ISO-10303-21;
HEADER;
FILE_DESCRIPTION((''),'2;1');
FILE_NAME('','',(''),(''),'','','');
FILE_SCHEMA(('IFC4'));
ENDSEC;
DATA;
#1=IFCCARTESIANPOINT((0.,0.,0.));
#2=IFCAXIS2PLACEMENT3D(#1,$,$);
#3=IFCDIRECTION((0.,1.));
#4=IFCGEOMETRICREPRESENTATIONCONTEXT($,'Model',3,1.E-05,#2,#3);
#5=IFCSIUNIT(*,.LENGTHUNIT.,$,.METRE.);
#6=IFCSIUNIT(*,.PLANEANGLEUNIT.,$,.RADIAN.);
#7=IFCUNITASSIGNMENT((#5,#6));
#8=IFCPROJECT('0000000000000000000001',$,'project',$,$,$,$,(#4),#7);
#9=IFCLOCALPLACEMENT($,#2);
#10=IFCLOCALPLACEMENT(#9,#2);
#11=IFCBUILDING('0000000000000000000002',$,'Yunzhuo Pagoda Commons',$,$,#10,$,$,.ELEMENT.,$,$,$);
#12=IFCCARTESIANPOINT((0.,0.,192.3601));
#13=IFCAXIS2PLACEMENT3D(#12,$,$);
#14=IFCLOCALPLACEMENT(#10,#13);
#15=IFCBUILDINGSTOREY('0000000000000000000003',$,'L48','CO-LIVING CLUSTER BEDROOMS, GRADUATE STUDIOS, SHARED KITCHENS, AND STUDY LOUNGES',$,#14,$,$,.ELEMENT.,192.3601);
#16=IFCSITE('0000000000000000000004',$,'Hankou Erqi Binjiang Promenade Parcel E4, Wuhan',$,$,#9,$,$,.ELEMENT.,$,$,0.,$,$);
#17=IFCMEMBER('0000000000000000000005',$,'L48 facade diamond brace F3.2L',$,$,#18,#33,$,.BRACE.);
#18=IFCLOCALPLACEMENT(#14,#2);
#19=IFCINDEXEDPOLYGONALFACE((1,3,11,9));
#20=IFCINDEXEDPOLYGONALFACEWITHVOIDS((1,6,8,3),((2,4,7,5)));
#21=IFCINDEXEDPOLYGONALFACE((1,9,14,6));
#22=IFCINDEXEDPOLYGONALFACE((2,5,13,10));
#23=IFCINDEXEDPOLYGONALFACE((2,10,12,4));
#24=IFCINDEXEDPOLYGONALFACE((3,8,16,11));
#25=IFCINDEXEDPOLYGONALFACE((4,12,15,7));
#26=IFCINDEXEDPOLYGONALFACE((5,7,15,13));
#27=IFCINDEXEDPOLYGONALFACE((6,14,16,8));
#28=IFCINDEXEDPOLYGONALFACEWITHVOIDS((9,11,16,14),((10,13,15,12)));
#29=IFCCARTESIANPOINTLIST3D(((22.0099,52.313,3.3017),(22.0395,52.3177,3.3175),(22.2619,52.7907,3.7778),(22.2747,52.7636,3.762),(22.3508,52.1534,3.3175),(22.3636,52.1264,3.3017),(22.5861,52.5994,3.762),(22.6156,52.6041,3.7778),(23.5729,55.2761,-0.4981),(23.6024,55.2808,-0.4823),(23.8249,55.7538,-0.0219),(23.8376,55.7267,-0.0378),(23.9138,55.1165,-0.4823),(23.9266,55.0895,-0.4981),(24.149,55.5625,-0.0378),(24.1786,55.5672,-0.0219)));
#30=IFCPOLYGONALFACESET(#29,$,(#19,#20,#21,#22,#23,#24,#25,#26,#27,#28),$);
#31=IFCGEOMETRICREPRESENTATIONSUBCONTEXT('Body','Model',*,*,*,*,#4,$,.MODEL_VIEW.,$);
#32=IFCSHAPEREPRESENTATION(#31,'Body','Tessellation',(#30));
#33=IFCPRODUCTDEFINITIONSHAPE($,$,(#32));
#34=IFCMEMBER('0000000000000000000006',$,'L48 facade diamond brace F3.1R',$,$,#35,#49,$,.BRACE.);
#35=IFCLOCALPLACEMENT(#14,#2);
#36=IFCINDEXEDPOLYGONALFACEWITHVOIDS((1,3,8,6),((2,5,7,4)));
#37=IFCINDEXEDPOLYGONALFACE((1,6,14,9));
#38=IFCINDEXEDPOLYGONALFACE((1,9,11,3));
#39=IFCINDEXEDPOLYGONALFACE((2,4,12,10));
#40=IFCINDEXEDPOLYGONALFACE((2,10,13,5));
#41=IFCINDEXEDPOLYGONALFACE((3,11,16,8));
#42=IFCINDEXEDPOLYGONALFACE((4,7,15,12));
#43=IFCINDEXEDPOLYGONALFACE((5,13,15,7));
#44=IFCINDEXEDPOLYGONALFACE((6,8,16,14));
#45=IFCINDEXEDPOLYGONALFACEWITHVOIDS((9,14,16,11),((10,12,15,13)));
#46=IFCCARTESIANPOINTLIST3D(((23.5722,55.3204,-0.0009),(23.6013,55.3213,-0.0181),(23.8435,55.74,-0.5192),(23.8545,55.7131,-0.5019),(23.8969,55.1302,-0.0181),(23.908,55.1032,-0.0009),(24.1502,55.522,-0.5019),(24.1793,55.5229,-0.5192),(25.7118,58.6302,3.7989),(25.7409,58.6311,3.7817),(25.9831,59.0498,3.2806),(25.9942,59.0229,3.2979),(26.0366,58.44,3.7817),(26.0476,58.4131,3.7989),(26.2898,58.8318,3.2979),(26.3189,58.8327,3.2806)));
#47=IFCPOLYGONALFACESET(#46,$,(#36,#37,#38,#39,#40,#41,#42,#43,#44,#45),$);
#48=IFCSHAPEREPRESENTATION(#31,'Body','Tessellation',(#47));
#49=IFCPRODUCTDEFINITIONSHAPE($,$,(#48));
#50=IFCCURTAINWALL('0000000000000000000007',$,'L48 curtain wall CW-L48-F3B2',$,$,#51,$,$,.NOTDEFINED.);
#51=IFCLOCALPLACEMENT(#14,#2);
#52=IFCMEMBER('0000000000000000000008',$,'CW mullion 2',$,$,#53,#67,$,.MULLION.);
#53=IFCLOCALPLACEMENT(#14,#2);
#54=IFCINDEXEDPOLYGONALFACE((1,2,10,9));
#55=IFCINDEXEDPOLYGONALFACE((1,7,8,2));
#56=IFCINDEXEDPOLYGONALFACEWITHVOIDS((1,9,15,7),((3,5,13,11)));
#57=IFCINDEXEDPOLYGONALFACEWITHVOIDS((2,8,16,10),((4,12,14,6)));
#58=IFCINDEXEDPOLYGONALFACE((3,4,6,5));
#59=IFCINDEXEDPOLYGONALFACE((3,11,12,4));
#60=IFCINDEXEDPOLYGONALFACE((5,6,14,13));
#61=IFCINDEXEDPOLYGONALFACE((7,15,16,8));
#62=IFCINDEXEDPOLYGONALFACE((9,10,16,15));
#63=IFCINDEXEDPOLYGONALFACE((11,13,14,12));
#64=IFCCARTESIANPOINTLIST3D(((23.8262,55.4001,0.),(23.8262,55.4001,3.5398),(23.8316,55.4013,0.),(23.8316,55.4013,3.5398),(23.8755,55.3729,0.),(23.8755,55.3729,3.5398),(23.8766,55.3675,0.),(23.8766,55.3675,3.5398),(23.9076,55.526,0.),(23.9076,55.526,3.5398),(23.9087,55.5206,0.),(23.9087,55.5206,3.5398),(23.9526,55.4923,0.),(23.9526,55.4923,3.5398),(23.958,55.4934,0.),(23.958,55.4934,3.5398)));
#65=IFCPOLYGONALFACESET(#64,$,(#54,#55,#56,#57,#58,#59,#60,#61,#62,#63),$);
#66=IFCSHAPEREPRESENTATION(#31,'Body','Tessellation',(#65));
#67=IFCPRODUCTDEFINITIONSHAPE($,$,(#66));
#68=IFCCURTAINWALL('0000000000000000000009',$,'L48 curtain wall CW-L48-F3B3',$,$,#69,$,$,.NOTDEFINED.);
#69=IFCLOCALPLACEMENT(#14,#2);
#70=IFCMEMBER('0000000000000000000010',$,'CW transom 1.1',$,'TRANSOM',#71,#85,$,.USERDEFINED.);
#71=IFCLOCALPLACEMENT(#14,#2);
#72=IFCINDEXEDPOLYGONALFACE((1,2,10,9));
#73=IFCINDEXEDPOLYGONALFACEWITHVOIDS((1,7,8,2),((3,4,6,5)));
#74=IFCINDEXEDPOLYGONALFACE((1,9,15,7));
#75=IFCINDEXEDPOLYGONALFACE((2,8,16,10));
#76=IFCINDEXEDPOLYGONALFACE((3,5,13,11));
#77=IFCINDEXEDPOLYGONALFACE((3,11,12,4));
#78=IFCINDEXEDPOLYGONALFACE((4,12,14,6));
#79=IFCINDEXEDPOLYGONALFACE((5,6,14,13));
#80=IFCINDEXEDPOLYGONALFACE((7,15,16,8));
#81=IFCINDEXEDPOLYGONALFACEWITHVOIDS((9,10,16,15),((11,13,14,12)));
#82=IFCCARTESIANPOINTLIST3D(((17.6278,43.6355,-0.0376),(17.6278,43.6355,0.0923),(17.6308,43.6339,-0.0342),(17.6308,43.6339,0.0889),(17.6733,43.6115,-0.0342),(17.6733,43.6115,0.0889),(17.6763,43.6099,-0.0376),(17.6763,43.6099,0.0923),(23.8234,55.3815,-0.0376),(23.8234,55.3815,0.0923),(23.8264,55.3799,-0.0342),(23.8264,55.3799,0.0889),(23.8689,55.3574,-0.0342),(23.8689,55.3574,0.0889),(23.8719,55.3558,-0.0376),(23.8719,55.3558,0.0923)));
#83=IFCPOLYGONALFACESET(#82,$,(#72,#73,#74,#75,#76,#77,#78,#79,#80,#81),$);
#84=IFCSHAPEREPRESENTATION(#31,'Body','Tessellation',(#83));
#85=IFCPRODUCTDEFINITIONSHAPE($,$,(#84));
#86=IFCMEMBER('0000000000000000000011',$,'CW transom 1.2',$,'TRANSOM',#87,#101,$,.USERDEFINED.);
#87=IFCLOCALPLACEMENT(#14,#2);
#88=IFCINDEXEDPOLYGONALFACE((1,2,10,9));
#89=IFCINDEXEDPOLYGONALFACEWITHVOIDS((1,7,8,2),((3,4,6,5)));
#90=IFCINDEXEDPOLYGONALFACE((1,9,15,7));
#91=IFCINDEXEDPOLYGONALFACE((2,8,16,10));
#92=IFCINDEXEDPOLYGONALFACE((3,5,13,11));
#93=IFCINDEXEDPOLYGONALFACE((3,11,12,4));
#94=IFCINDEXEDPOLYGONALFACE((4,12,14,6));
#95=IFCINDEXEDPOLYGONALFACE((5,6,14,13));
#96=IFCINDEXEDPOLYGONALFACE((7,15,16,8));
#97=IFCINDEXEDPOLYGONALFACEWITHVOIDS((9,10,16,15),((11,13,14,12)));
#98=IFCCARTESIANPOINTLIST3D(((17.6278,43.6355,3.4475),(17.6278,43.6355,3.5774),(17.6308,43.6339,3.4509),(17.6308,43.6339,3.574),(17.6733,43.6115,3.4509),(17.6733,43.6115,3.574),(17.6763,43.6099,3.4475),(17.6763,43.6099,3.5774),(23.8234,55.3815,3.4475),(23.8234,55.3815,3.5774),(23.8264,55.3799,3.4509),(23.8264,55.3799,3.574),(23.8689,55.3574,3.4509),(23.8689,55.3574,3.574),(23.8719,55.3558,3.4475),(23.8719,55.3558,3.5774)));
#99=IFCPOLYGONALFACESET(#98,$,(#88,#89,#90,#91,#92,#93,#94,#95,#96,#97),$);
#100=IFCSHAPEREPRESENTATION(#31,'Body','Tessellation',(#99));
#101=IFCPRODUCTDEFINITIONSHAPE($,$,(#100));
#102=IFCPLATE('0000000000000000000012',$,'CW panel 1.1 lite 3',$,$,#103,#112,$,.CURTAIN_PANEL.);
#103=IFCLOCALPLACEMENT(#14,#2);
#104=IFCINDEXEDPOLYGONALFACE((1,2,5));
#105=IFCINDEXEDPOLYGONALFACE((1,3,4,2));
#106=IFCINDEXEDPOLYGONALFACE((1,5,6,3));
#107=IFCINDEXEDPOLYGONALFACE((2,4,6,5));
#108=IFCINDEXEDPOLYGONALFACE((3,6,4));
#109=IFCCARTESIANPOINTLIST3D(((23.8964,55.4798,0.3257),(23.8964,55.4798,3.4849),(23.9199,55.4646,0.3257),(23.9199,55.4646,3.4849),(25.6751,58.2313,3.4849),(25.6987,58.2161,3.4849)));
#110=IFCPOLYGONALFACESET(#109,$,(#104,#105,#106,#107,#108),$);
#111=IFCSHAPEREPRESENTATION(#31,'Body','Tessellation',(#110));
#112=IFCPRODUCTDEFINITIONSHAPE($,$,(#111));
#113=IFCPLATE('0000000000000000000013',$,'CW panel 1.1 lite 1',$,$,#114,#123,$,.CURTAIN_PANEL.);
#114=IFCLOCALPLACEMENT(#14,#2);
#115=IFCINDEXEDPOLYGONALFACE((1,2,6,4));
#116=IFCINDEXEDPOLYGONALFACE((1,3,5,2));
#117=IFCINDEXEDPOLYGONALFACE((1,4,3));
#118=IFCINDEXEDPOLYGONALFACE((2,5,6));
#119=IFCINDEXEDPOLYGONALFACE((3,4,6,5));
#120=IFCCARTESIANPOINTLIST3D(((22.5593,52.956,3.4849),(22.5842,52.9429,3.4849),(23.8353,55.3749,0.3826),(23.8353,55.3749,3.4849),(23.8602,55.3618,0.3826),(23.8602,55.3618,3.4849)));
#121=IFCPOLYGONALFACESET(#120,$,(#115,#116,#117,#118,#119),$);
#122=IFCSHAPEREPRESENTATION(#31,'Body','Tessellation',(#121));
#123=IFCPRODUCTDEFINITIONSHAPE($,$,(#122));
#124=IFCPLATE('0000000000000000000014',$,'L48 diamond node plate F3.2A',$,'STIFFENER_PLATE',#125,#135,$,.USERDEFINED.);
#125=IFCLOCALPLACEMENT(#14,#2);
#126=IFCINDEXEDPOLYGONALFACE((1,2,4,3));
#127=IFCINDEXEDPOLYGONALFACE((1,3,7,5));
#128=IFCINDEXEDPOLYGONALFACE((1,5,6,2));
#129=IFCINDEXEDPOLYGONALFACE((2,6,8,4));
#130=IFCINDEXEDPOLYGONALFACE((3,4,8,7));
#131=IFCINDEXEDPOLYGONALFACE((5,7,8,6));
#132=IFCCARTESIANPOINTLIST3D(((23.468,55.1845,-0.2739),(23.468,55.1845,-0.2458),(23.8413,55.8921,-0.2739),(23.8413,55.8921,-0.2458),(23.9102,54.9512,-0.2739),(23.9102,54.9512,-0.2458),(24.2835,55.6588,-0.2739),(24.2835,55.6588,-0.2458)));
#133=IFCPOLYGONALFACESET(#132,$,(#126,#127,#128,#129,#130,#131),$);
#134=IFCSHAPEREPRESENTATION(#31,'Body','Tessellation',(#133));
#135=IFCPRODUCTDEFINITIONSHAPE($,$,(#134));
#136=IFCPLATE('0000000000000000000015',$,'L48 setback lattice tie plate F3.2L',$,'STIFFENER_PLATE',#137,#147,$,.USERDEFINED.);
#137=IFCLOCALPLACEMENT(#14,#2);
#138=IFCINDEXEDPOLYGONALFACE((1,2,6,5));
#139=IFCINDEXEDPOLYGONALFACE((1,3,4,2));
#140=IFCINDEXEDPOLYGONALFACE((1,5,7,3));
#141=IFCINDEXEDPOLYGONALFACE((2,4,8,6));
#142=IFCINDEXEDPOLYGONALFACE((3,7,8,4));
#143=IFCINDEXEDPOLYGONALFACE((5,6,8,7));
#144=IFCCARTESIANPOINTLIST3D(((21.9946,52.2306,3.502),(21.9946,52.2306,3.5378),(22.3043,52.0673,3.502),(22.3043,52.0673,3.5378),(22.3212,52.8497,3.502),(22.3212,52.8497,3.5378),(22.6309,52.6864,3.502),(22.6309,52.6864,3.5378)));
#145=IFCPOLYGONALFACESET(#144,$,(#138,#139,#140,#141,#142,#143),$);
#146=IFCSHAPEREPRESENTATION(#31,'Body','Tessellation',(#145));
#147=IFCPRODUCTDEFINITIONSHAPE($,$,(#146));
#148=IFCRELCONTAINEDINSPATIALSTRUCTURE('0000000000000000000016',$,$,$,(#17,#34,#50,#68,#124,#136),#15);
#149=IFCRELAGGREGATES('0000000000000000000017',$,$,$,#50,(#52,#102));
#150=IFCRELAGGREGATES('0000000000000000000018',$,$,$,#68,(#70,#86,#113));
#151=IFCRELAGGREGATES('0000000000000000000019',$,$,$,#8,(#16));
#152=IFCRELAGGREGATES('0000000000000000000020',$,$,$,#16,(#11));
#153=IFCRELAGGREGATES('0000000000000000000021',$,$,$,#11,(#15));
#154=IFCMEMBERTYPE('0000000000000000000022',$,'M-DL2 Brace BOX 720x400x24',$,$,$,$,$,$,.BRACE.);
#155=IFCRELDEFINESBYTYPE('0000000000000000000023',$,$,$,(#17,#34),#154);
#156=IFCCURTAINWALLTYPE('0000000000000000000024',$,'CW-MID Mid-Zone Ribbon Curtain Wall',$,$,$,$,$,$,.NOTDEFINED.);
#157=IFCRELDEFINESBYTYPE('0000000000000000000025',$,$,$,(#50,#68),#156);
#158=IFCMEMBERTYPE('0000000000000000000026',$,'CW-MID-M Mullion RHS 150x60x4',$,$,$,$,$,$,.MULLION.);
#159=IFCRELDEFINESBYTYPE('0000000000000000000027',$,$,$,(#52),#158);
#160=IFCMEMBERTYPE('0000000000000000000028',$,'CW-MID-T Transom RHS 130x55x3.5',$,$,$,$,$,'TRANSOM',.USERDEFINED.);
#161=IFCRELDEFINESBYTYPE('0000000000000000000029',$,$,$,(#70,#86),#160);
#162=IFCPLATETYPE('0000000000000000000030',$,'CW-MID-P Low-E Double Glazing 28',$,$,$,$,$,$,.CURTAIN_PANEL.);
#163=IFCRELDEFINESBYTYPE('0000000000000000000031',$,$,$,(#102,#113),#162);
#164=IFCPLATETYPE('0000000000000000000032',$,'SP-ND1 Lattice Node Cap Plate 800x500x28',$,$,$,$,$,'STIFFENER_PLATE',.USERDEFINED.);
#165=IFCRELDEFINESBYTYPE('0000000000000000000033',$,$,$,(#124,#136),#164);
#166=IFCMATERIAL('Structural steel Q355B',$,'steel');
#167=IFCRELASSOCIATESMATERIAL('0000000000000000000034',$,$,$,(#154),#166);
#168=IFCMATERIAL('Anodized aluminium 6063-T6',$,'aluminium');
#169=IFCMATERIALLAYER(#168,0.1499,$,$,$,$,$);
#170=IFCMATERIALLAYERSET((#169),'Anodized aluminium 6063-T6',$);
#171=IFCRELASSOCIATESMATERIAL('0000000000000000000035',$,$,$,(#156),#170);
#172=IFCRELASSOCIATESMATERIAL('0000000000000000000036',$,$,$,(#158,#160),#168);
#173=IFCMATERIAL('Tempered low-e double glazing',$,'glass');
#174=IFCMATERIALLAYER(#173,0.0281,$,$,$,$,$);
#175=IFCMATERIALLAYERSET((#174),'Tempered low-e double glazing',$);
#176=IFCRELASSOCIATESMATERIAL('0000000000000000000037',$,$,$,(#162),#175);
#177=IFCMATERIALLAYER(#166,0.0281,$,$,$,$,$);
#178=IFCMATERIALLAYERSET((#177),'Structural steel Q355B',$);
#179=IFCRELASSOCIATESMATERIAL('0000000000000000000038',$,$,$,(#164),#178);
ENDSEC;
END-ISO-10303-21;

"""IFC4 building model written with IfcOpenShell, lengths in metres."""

from ifc_helpers import new_model, si_unit, direction, frame, origin, origin_2d, place, context, subcontext, project, spatial, polyline, rectangle, hollow_rectangle, outline, extrude, source, transform, mapped, material, layer, layer_set, material_profile, profile_set, type_object, element, aggregate, save


model = new_model("IFC4")

# Units and contexts
model_context = context("Model", 3, precision=1e-05, world=origin(), true_north=direction((0.0, 1.0)))
body_context = subcontext(model_context, "Body", "Model", "MODEL_VIEW")
ifc_project = project(units=[si_unit("LENGTHUNIT", "METRE"), si_unit("PLANEANGLEUNIT", "RADIAN")], contexts=[model_context])

# Site, building, storey
site_placement = place(None, origin())
site = spatial("IfcSite", under=ifc_project, at=site_placement, Name="Hankou Erqi Binjiang Promenade Parcel E4, Wuhan", CompositionType="ELEMENT", RefElevation=0.0)
building_placement = place(site_placement, origin())
building = spatial("IfcBuilding", under=site, at=building_placement, Name="Yunzhuo Pagoda Commons", CompositionType="ELEMENT")
storey_placement = place(building_placement, frame((0.0, 0.0, 192.3601)))
storey = spatial("IfcBuildingStorey", under=building, at=storey_placement, Name="L48", Description="CO-LIVING CLUSTER BEDROOMS, GRADUATE STUDIOS, SHARED KITCHENS, AND STUDY LOUNGES", CompositionType="ELEMENT", Elevation=192.3601)

# Shared definitions
ifc_material_1 = material(Name="Structural steel Q355B", Category="steel")

# Members
ifc_material_profile_1 = material_profile(ifc_material_1, hollow_rectangle(XDim=0.3999, YDim=0.72, WallThickness=0.0239, at=origin_2d()), Name="Structural steel Q355B")
ifc_profile_set_1 = profile_set([ifc_material_profile_1], Name="Structural steel Q355B")
member_type_1 = type_object("IfcMemberType", Name="M-DL2 Brace BOX 720x400x24", PredefinedType="BRACE", material=ifc_profile_set_1)
shared_shape_1 = source(origin(), body_context, "Body", "SweptSolid", [
    extrude(hollow_rectangle(XDim=0.3999, YDim=0.72, WallThickness=0.0239, at=origin_2d()), origin(), (0.0, 0.0, 1.0), 5.0657),
])
member_1_placement = place(storey_placement, frame((23.8757, 55.4216, -0.26), z_axis=(-0.308542, -0.584937, 0.7501), x_axis=(0.884494, -0.466551, 0.0)))
element("IfcMember", 1, at=member_1_placement, inside=storey, type_object=member_type_1, Name="L48 facade diamond brace F3.2L", PredefinedType="BRACE", context=body_context, shape_type="MappedRepresentation", body=[
    mapped(shared_shape_1, transform((0.0, 0.0, 0.0), scale=1.0)),
])
shared_shape_2 = source(origin(), body_context, "Body", "SweptSolid", [
    extrude(hollow_rectangle(XDim=0.3999, YDim=0.72, WallThickness=0.0239, at=origin_2d()), origin(), (0.0, 0.0, 1.0), 5.4746),
])
member_2_placement = place(storey_placement, frame((23.8757, 55.4216, -0.26), z_axis=(0.39083, 0.604574, 0.694076), x_axis=(-0.839801, 0.542894, 0.0)))
element("IfcMember", 2, at=member_2_placement, inside=storey, type_object=member_type_1, Name="L48 facade diamond brace F3.1R", PredefinedType="BRACE", context=body_context, shape_type="MappedRepresentation", body=[
    mapped(shared_shape_2, transform((0.0, 0.0, 0.0), scale=1.0)),
])

# Curtain wall, member
ifc_material_2 = material(Name="Anodized aluminium 6063-T6", Category="aluminium")
ifc_layer_1 = layer(ifc_material_2, 0.1499)
ifc_layer_set_1 = layer_set([ifc_layer_1], Name="Anodized aluminium 6063-T6")
curtain_wall_type = type_object("IfcCurtainWallType", Name="CW-MID Mid-Zone Ribbon Curtain Wall", PredefinedType="NOTDEFINED", material=ifc_layer_set_1)
curtain_wall_1_placement = place(storey_placement, origin())
curtain_wall_1 = element("IfcCurtainWall", 3, at=curtain_wall_1_placement, inside=storey, type_object=curtain_wall_type, Name="L48 curtain wall CW-L48-F3B2", PredefinedType="NOTDEFINED")
ifc_material_profile_2 = material_profile(ifc_material_2, hollow_rectangle(XDim=0.0601, YDim=0.1499, WallThickness=0.0039, at=origin_2d()), Name="Anodized aluminium 6063-T6")
ifc_profile_set_2 = profile_set([ifc_material_profile_2], Name="Anodized aluminium 6063-T6")
member_type_2 = type_object("IfcMemberType", Name="CW-MID-M Mullion RHS 150x60x4", PredefinedType="MULLION", material=ifc_profile_set_2)
shared_shape_3 = source(origin(), body_context, "Body", "SweptSolid", [
    extrude(hollow_rectangle(XDim=0.0601, YDim=0.1499, WallThickness=0.0039, at=origin_2d()), origin(), (0.0, 0.0, 1.0), 3.5398),
])
member_3_placement = place(storey_placement, frame((23.8921, 55.4468, 0.0), z_axis=(0.0, 0.0, 1.0), x_axis=(0.839794, -0.542905, 0.0)))
member_3 = element("IfcMember", 4, at=member_3_placement, type_object=member_type_2, Name="CW mullion 2", PredefinedType="MULLION", context=body_context, shape_type="MappedRepresentation", body=[
    mapped(shared_shape_3, transform((0.0, 0.0, 0.0), scale=1.0)),
])

# Curtain wall, members
curtain_wall_2_placement = place(storey_placement, origin())
curtain_wall_2 = element("IfcCurtainWall", 5, at=curtain_wall_2_placement, inside=storey, type_object=curtain_wall_type, Name="L48 curtain wall CW-L48-F3B3", PredefinedType="NOTDEFINED")
ifc_material_profile_3 = material_profile(ifc_material_2, hollow_rectangle(XDim=0.0549, YDim=0.1299, WallThickness=0.0034, at=origin_2d()), Name="Anodized aluminium 6063-T6")
ifc_profile_set_3 = profile_set([ifc_material_profile_3], Name="Anodized aluminium 6063-T6")
member_type_3 = type_object("IfcMemberType", Name="CW-MID-T Transom RHS 130x55x3.5", ElementType="TRANSOM", PredefinedType="USERDEFINED", material=ifc_profile_set_3)
shared_shape_4 = source(origin(), body_context, "Body", "SweptSolid", [
    extrude(hollow_rectangle(XDim=0.0549, YDim=0.1299, WallThickness=0.0034, at=origin_2d()), origin(), (0.0, 0.0, 1.0), 13.2798),
])
member_4_placement = place(storey_placement, frame((23.8477, 55.3687, 0.0273), z_axis=(-0.466544, -0.884498, 0.0), x_axis=(0.884498, -0.466544, 0.0)))
member_4 = element("IfcMember", 6, at=member_4_placement, type_object=member_type_3, Name="CW transom 1.1", ObjectType="TRANSOM", PredefinedType="USERDEFINED", context=body_context, shape_type="MappedRepresentation", body=[
    mapped(shared_shape_4, transform((0.0, 0.0, 0.0), scale=1.0)),
])
member_5_placement = place(storey_placement, frame((23.8477, 55.3687, 3.5125), z_axis=(-0.466544, -0.884498, 0.0), x_axis=(0.884498, -0.466544, 0.0)))
member_5 = element("IfcMember", 7, at=member_5_placement, type_object=member_type_3, Name="CW transom 1.2", ObjectType="TRANSOM", PredefinedType="USERDEFINED", context=body_context, shape_type="MappedRepresentation", body=[
    mapped(shared_shape_4, transform((0.0, 0.0, 0.0), scale=1.0)),
])

# Plates
ifc_material_3 = material(Name="Tempered low-e double glazing", Category="glass")
ifc_layer_2 = layer(ifc_material_3, 0.0281)
ifc_layer_set_2 = layer_set([ifc_layer_2], Name="Tempered low-e double glazing")
plate_type_1 = type_object("IfcPlateType", Name="CW-MID-P Low-E Double Glazing 28", PredefinedType="CURTAIN_PANEL", material=ifc_layer_set_2)
plate_1_placement = place(storey_placement, frame((24.8093, 56.8403, 1.9053), z_axis=(-0.839794, 0.542905, 0.0), x_axis=(-0.542905, -0.839794, 0.0)))
plate_1 = element("IfcPlate", 8, at=plate_1_placement, type_object=plate_type_1, Name="CW panel 1.1 lite 3", PredefinedType="CURTAIN_PANEL", context=body_context, shape_type="SweptSolid", body=[
    extrude(outline(polyline([(-1.6382, 1.5796), (1.6382, -1.5796), (1.6382, 1.5796), (-1.6382, 1.5796)])), origin(), (0.0, 0.0, 1.0), 0.0281),
])
aggregate(curtain_wall_1, [member_3, plate_1])
plate_2_placement = place(storey_placement, frame((23.2222, 54.1523, 1.9338), z_axis=(-0.884484, 0.466571, 0.0), x_axis=(-0.466571, -0.884484, 0.0)))
plate_2 = element("IfcPlate", 9, at=plate_2_placement, type_object=plate_type_1, Name="CW panel 1.1 lite 1", PredefinedType="CURTAIN_PANEL", context=body_context, shape_type="SweptSolid", body=[
    extrude(outline(polyline([(-1.3674, -1.5513), (1.3674, 1.551), (-1.3674, 1.551), (-1.3674, -1.5513)])), origin(), (0.0, 0.0, 1.0), 0.0281),
])
aggregate(curtain_wall_2, [member_4, member_5, plate_2])

# Plates
ifc_layer_3 = layer(ifc_material_1, 0.0281)
ifc_layer_set_3 = layer_set([ifc_layer_3], Name="Structural steel Q355B")
plate_type_2 = type_object("IfcPlateType", Name="SP-ND1 Lattice Node Cap Plate 800x500x28", ElementType="STIFFENER_PLATE", PredefinedType="USERDEFINED", material=ifc_layer_set_3)
shared_shape_5 = source(origin(), body_context, "Body", "SweptSolid", [
    extrude(rectangle(XDim=0.8, YDim=0.5, at=origin_2d()), origin(), (0.0, 0.0, 1.0), 0.0281),
])
plate_3_placement = place(storey_placement, frame((23.8757, 55.4216, -0.2739), z_axis=(0.0, 0.0, 1.0), x_axis=(-0.466572, -0.884483, 0.0)))
element("IfcPlate", 10, at=plate_3_placement, inside=storey, type_object=plate_type_2, Name="L48 diamond node plate F3.2A", ObjectType="STIFFENER_PLATE", PredefinedType="USERDEFINED", context=body_context, shape_type="MappedRepresentation", body=[
    mapped(shared_shape_5, transform((0.0, 0.0, 0.0), scale=1.0)),
])
shared_shape_6 = source(origin(), body_context, "Body", "SweptSolid", [
    extrude(rectangle(XDim=0.7, YDim=0.3501, at=origin_2d()), origin(), (0.0, 0.0, 1.0), 0.0359),
])
plate_4_placement = place(storey_placement, frame((22.3127, 52.4585, 3.502), z_axis=(0.0, 0.0, 1.0), x_axis=(-0.466572, -0.884483, 0.0)))
element("IfcPlate", 11, at=plate_4_placement, inside=storey, type_object=plate_type_2, Name="L48 setback lattice tie plate F3.2L", ObjectType="STIFFENER_PLATE", PredefinedType="USERDEFINED", context=body_context, shape_type="MappedRepresentation", body=[
    mapped(shared_shape_6, transform((0.0, 0.0, 0.0), scale=1.0)),
])

save(model, "model.ifc")
